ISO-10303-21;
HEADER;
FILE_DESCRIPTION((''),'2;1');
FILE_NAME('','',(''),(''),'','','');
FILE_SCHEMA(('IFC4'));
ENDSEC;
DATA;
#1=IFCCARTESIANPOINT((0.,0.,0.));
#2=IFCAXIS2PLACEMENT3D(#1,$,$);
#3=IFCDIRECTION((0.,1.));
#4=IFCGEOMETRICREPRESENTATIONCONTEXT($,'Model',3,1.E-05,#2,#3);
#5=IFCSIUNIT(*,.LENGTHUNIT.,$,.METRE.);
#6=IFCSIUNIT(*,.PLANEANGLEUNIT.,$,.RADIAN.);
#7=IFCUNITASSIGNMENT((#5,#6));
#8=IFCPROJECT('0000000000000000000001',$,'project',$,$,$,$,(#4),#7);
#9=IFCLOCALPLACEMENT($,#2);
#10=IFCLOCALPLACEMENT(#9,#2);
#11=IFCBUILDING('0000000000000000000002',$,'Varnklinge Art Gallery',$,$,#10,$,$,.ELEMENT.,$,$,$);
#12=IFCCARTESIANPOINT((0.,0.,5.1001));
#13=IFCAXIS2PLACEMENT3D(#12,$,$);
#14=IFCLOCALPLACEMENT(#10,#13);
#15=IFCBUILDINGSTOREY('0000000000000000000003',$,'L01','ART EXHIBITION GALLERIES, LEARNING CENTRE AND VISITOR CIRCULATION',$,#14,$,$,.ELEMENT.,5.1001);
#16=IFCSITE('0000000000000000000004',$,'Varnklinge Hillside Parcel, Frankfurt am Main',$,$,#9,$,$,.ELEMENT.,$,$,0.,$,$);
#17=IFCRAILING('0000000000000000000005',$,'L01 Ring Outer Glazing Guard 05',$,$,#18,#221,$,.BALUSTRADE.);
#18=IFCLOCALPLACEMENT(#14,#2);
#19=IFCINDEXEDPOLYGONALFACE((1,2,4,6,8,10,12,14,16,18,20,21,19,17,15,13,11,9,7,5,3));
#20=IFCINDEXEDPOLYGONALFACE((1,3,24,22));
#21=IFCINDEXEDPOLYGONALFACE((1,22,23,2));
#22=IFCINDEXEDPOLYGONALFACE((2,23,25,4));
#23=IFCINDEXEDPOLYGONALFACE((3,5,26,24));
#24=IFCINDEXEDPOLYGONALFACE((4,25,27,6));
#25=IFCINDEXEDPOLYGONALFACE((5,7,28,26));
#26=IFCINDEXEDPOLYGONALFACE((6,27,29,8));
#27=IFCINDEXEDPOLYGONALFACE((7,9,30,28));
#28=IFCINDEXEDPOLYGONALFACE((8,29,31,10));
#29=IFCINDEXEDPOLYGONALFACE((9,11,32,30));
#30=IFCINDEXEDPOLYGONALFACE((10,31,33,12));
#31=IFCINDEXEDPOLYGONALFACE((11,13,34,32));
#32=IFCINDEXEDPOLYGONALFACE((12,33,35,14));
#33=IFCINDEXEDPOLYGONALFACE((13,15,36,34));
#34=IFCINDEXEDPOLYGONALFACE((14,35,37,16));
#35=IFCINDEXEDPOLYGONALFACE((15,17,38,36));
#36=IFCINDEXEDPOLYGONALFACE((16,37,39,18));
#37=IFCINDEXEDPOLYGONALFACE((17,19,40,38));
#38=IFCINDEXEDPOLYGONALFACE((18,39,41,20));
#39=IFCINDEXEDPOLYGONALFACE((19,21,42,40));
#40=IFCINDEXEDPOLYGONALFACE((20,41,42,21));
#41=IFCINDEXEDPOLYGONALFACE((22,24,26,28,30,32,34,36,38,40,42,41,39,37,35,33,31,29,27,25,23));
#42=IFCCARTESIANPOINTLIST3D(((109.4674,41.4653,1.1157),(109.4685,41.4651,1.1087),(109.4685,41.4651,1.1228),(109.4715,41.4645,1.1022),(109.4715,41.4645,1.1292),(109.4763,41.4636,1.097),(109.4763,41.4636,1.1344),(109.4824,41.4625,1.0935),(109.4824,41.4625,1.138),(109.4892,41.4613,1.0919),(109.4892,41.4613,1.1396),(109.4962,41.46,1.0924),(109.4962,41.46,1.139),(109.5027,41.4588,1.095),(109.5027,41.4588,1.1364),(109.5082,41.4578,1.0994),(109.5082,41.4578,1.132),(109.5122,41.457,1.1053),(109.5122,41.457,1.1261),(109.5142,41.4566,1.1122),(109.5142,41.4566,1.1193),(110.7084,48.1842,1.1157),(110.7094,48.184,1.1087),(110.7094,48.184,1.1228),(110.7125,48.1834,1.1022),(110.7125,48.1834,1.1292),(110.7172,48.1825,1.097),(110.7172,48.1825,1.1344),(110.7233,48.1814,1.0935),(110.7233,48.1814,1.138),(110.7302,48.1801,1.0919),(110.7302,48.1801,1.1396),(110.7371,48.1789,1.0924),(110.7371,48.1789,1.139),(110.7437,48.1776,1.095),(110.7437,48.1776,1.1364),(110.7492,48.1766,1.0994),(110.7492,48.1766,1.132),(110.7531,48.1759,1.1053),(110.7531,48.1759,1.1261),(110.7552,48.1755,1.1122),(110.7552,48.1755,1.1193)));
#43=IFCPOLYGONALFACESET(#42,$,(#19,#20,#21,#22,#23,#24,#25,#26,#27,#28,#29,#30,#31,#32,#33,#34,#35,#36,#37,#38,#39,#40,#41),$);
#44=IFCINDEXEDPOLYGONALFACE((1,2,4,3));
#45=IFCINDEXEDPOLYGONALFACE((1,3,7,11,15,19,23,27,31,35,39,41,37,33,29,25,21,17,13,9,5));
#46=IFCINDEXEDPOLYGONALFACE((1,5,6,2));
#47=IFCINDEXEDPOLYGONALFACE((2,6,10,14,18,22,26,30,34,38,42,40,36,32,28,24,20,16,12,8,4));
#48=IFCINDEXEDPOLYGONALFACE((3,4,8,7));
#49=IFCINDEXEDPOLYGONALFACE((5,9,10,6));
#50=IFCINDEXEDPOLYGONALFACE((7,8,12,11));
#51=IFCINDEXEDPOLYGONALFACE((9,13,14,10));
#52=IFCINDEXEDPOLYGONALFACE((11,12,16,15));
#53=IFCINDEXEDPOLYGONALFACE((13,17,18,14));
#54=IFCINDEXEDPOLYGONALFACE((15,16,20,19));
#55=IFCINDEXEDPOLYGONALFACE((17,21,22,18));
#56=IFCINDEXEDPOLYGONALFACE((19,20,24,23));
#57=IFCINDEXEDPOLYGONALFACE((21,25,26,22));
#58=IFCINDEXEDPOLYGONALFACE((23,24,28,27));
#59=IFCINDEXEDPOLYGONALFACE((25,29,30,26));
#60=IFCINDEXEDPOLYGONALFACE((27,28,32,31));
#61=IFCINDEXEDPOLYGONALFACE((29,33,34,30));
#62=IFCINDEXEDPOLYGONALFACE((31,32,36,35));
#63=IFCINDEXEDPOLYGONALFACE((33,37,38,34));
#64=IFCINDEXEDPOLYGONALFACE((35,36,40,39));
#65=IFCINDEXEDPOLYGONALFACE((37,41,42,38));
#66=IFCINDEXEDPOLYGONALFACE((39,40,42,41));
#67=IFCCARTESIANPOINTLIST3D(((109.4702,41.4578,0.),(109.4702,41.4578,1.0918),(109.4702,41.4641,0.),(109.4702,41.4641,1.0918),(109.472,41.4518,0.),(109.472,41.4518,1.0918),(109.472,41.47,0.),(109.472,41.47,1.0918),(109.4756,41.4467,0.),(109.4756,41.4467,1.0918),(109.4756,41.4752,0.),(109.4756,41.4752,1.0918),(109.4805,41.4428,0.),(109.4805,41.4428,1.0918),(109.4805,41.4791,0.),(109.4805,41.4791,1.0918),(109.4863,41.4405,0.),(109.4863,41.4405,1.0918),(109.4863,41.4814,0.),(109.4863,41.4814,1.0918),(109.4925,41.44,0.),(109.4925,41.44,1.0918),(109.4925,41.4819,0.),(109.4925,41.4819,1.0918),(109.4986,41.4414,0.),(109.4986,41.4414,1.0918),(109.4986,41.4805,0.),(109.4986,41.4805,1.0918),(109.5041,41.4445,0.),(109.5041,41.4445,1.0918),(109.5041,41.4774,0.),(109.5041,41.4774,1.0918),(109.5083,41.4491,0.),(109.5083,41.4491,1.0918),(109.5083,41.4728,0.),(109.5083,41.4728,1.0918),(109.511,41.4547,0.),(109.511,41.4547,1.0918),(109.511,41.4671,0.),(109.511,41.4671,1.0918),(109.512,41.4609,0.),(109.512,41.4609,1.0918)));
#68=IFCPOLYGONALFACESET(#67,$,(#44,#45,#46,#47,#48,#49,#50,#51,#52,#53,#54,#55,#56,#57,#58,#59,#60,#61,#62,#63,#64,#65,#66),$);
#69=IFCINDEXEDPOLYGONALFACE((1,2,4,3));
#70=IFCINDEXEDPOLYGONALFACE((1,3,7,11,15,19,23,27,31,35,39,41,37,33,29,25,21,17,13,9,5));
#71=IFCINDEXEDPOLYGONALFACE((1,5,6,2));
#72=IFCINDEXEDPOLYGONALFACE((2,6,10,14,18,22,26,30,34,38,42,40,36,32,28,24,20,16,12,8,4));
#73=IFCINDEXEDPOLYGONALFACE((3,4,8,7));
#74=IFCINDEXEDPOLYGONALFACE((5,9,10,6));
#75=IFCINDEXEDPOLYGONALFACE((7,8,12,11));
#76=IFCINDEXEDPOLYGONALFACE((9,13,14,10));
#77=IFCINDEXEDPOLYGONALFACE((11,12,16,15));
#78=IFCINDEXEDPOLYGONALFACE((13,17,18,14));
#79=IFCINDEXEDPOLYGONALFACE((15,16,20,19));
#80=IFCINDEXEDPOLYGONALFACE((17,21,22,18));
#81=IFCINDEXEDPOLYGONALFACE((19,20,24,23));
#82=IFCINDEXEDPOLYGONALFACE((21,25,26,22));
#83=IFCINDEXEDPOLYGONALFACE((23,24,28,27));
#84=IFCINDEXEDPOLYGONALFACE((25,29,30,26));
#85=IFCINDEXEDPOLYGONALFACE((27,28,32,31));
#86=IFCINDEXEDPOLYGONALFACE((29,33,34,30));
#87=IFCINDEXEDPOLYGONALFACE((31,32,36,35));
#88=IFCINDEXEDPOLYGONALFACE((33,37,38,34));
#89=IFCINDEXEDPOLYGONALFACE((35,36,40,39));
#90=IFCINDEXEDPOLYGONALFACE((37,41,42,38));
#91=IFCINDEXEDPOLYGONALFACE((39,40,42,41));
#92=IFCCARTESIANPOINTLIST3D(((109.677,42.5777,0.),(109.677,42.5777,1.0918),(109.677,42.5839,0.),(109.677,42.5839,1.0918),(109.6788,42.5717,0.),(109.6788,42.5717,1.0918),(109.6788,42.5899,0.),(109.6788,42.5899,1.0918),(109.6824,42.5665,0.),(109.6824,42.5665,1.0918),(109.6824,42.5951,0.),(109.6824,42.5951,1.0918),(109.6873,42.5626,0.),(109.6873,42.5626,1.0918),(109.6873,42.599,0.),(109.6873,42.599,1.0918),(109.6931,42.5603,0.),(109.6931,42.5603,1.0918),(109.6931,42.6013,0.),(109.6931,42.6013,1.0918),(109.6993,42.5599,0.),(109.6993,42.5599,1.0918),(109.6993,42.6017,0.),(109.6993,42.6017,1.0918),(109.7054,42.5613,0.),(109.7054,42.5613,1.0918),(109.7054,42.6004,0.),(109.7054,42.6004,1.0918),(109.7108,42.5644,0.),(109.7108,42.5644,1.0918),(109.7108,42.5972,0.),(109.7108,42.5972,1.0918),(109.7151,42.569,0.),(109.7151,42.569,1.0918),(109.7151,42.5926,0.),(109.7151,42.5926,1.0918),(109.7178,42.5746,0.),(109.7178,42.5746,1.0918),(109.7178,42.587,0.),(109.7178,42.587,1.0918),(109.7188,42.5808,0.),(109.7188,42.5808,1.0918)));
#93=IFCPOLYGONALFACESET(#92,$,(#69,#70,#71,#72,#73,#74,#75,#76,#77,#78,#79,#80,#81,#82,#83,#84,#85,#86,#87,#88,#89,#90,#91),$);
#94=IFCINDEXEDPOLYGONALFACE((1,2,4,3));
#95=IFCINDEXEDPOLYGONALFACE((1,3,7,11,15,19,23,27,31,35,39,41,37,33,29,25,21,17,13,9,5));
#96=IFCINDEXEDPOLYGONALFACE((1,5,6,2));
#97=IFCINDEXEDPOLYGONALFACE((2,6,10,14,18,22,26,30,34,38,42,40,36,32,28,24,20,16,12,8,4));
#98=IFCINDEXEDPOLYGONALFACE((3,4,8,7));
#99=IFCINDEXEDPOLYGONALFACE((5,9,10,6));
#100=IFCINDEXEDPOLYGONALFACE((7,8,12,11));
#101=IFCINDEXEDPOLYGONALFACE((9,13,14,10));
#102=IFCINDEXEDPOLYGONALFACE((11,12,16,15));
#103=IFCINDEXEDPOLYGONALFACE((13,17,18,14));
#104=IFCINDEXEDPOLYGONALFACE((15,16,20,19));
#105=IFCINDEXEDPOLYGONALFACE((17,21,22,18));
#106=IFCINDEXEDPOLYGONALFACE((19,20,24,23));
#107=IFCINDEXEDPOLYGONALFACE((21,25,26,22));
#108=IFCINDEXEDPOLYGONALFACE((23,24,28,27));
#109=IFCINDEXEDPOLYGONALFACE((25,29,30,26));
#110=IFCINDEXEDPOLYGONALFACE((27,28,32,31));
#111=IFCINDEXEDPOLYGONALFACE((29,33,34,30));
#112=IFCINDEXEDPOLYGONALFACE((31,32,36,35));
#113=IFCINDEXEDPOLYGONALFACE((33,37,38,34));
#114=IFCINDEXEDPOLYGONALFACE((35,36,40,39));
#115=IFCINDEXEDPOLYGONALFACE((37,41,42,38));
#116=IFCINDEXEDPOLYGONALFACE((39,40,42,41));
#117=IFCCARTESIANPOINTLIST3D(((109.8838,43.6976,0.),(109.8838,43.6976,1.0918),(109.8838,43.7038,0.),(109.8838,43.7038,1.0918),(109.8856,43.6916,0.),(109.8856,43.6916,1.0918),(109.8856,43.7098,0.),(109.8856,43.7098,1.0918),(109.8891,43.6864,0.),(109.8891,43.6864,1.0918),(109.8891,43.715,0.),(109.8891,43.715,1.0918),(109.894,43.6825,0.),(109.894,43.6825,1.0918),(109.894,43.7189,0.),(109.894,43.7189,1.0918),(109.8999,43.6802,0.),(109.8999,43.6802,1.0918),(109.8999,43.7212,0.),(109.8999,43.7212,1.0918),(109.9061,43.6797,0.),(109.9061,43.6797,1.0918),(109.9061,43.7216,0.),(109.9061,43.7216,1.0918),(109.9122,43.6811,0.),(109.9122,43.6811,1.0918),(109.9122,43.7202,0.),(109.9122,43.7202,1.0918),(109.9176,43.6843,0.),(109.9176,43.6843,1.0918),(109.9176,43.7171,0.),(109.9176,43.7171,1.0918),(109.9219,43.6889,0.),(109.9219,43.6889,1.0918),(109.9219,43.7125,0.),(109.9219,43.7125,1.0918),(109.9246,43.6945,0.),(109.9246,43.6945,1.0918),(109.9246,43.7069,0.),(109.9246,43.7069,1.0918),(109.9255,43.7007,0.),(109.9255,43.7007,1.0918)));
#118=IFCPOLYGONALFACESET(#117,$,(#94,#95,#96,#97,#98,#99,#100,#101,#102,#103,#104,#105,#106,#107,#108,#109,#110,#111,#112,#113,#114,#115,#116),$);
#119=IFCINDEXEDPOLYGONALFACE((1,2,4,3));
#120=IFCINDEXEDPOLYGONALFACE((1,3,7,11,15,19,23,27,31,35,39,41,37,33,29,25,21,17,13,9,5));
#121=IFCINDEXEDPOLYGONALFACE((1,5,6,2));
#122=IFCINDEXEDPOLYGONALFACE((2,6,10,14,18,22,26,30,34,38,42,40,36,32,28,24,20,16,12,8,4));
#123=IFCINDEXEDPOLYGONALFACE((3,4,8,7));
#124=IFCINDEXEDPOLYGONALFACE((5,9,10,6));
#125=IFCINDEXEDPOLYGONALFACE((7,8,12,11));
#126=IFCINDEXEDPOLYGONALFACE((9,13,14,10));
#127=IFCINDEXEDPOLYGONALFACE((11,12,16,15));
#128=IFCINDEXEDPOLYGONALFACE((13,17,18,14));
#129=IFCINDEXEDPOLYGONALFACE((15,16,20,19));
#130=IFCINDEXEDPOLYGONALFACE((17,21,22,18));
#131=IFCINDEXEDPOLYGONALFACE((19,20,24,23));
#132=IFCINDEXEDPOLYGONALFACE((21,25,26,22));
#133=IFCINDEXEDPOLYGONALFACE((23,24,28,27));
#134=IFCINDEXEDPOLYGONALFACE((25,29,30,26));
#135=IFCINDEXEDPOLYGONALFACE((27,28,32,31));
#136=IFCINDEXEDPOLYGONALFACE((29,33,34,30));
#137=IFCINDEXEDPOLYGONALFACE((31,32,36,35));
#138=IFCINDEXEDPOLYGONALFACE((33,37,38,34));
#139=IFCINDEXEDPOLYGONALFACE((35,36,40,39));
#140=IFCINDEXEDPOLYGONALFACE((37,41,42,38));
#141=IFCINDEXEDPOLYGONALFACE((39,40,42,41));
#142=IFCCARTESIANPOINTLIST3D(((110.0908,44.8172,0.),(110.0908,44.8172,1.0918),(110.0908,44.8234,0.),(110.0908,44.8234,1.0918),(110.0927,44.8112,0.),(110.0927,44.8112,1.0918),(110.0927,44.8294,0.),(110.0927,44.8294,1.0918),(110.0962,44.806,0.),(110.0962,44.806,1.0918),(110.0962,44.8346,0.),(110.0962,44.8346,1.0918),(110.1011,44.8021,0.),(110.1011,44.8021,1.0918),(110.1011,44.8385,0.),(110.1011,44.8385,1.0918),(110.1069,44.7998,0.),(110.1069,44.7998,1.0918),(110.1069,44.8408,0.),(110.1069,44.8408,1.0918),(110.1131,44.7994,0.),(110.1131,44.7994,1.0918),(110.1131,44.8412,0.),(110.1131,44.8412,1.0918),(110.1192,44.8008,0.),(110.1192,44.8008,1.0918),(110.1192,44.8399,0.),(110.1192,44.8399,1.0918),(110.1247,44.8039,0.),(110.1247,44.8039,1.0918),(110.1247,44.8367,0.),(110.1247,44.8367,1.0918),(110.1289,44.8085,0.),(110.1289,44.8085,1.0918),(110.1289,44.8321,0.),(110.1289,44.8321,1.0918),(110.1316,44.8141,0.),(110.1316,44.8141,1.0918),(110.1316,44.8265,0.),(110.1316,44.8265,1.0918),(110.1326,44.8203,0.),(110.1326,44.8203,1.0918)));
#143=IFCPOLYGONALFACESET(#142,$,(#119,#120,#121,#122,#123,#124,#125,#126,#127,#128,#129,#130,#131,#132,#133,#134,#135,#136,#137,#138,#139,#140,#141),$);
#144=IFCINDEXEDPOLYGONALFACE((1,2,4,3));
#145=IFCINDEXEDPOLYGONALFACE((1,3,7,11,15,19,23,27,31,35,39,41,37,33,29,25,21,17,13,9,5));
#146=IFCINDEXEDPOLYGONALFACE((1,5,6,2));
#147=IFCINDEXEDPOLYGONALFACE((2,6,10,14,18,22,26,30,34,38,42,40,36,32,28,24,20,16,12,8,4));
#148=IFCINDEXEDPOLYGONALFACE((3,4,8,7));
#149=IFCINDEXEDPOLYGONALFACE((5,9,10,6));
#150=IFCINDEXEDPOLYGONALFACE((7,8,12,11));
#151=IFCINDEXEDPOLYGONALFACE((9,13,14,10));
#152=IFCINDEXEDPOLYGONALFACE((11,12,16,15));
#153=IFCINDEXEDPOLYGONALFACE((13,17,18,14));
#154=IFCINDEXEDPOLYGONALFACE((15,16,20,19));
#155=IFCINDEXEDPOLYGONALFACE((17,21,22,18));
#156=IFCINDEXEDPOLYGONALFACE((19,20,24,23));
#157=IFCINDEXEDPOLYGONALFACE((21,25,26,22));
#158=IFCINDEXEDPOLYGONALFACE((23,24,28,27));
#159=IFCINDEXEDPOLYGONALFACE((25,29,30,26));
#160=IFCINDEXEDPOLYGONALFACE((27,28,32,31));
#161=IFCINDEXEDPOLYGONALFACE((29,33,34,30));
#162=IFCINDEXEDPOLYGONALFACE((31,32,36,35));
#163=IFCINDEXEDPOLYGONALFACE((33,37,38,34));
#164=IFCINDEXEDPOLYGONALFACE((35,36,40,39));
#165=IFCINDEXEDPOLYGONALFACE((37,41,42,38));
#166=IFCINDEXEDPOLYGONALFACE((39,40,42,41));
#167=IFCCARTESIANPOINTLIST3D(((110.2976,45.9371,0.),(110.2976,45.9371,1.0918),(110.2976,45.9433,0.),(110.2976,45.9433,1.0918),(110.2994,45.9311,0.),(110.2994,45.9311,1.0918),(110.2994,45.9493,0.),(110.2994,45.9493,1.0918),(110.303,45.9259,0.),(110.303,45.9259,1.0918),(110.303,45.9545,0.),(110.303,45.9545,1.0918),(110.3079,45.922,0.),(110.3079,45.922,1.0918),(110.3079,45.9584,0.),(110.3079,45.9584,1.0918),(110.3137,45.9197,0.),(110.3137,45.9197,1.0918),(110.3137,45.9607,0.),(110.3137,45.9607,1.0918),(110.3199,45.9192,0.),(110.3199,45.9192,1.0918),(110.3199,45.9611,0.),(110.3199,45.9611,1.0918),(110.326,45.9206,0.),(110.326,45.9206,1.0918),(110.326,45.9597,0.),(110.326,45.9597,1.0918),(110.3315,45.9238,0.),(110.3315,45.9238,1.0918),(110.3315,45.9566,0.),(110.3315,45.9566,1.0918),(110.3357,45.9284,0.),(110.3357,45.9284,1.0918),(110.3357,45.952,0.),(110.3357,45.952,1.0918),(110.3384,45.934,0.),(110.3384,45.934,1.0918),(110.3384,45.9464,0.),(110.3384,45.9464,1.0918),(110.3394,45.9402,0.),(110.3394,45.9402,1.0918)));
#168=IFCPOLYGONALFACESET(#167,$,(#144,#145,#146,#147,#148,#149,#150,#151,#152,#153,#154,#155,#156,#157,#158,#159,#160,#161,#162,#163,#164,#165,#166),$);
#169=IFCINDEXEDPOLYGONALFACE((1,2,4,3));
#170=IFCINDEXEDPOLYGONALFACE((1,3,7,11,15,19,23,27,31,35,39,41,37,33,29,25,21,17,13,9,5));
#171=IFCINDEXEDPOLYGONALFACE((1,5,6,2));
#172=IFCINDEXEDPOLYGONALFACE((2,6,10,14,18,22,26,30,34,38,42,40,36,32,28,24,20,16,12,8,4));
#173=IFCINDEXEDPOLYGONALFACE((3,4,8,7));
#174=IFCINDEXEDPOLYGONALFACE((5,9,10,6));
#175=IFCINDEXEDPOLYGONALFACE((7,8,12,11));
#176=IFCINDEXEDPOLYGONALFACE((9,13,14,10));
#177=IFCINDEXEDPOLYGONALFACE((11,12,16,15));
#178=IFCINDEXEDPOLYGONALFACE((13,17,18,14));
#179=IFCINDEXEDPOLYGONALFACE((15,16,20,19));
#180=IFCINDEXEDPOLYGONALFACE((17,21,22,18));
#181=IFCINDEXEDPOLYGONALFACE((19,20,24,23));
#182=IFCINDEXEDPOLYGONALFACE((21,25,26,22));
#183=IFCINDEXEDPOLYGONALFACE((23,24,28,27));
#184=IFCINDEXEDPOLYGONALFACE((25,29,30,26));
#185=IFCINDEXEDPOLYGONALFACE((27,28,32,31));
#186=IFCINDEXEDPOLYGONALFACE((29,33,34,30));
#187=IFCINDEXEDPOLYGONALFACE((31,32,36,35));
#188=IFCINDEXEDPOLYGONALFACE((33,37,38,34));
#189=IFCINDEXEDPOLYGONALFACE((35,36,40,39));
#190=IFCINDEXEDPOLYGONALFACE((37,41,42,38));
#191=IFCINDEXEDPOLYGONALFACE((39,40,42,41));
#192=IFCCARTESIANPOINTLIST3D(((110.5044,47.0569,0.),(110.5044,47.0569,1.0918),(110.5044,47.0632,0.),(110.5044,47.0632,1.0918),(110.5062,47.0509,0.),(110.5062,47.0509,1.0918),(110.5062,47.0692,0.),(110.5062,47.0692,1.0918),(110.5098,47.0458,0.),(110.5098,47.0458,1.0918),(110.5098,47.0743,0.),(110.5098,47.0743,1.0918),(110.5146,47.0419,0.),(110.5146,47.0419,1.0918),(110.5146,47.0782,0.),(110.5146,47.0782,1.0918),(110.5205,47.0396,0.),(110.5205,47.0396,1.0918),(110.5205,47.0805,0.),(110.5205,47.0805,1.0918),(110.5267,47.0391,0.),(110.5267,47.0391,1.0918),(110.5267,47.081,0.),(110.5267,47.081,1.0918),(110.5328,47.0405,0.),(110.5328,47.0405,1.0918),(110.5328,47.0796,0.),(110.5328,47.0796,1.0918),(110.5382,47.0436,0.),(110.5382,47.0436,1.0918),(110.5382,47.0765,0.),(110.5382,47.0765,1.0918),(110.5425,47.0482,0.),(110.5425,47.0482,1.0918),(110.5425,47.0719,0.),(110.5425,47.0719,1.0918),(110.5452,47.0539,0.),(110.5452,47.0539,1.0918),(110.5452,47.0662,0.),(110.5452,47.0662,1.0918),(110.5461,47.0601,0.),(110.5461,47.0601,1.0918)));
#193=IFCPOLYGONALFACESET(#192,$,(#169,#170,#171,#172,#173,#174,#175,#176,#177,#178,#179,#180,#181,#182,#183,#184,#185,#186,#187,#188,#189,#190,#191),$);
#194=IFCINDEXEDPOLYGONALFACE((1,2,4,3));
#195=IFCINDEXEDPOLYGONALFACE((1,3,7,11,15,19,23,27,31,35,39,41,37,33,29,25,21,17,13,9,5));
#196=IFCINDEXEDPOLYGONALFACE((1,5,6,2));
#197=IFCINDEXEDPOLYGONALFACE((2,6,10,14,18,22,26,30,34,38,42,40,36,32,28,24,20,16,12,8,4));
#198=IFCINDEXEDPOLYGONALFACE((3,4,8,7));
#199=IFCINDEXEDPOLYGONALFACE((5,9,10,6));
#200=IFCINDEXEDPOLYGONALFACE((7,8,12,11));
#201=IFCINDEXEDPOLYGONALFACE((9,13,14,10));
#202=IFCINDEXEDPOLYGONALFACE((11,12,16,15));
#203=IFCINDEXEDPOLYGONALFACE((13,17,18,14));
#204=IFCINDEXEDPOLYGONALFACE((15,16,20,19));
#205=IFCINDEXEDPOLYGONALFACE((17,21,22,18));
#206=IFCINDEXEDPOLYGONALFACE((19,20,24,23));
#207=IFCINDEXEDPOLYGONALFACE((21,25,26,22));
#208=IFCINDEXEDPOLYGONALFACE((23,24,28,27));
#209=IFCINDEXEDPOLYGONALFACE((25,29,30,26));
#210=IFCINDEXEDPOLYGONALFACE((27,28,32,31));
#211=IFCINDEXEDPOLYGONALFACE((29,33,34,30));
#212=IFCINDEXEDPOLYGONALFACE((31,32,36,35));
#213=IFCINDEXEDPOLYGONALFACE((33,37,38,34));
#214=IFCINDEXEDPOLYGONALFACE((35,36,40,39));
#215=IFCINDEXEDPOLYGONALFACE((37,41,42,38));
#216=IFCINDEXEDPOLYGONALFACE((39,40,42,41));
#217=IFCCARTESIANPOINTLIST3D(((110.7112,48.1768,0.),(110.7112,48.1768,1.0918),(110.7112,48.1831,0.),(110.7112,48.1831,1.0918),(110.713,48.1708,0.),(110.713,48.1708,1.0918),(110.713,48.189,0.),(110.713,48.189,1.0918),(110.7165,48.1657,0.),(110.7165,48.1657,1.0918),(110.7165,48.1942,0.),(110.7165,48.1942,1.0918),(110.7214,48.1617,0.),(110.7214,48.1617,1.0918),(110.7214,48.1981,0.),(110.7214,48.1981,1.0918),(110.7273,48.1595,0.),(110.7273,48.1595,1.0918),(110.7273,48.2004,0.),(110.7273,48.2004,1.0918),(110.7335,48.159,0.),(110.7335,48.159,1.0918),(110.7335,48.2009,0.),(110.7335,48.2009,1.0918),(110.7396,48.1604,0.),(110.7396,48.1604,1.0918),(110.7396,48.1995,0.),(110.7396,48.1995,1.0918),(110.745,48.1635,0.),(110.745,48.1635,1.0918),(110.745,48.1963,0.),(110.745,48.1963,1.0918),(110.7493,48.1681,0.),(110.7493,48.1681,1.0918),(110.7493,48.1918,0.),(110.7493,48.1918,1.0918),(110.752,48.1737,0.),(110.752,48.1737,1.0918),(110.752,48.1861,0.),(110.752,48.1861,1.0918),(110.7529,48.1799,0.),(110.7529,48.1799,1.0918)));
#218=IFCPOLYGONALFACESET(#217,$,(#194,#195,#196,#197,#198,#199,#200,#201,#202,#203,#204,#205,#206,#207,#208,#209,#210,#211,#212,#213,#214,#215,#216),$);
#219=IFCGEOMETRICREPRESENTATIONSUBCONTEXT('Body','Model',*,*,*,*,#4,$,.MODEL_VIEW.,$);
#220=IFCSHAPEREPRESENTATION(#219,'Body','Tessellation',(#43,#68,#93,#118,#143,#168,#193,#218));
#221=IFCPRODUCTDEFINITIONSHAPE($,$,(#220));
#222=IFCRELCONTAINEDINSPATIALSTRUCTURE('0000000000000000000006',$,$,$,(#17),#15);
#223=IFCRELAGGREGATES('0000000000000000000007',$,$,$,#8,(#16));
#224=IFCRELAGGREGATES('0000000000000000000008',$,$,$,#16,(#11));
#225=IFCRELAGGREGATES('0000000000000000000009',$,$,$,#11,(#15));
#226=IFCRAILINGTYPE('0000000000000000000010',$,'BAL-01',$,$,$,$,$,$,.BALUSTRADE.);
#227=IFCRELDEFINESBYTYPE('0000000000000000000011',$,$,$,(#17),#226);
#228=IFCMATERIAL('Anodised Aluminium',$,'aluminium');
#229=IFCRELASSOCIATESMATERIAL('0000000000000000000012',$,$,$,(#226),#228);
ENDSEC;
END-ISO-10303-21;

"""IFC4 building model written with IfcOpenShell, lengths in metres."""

from ifc_helpers import new_model, si_unit, direction, frame, origin, origin_2d, place, context, subcontext, project, spatial, circle, extrude, material, type_object, element, save


model = new_model("IFC4")

# Units and contexts
model_context = context("Model", 3, precision=1e-05, world=origin(), true_north=direction((0.0, 1.0)))
body_context = subcontext(model_context, "Body", "Model", "MODEL_VIEW")
ifc_project = project(units=[si_unit("LENGTHUNIT", "METRE"), si_unit("PLANEANGLEUNIT", "RADIAN")], contexts=[model_context])

# Site, building, storey
site_placement = place(None, origin())
site = spatial("IfcSite", under=ifc_project, at=site_placement, Name="Varnklinge Hillside Parcel, Frankfurt am Main", CompositionType="ELEMENT", RefElevation=0.0)
building_placement = place(site_placement, origin())
building = spatial("IfcBuilding", under=site, at=building_placement, Name="Varnklinge Art Gallery", CompositionType="ELEMENT")
storey_placement = place(building_placement, frame((0.0, 0.0, 5.1001)))
storey = spatial("IfcBuildingStorey", under=building, at=storey_placement, Name="L01", Description="ART EXHIBITION GALLERIES, LEARNING CENTRE AND VISITOR CIRCULATION", CompositionType="ELEMENT", Elevation=5.1001)

# Railing
ifc_material_1 = material(Name="Anodised Aluminium", Category="aluminium")
railing_type = type_object("IfcRailingType", Name="BAL-01", PredefinedType="BALUSTRADE", material=ifc_material_1)
railing_placement = place(storey_placement, frame((109.491, 41.4609, 0.0)))
element("IfcRailing", 1, at=railing_placement, inside=storey, type_object=railing_type, Name="L01 Ring Outer Glazing Guard 05", PredefinedType="BALUSTRADE", context=body_context, shape_type="SweptSolid", body=[
    extrude(circle(Radius=0.0239, at=origin_2d()), frame((0.0, 0.0, 1.1157), z_axis=(0.181623, 0.983368, 0.0), x_axis=(-0.983368, 0.181623, 0.0)), (0.0, 0.0, 1.0), 6.8325),
    extrude(circle(Radius=0.021, at=origin_2d()), origin(), (0.0, 0.0, 1.0), 1.0918),
    extrude(circle(Radius=0.021, at=origin_2d()), frame((0.2068, 1.1199, 0.0)), (0.0, 0.0, 1.0), 1.0918),
    extrude(circle(Radius=0.021, at=origin_2d()), frame((0.4136, 2.2397, 0.0)), (0.0, 0.0, 1.0), 1.0918),
    extrude(circle(Radius=0.021, at=origin_2d()), frame((0.6206, 3.3594, 0.0)), (0.0, 0.0, 1.0), 1.0918),
    extrude(circle(Radius=0.021, at=origin_2d()), frame((0.8274, 4.4792, 0.0)), (0.0, 0.0, 1.0), 1.0918),
    extrude(circle(Radius=0.021, at=origin_2d()), frame((1.0342, 5.5991, 0.0)), (0.0, 0.0, 1.0), 1.0918),
    extrude(circle(Radius=0.021, at=origin_2d()), frame((1.241, 6.719, 0.0)), (0.0, 0.0, 1.0), 1.0918),
])

save(model, "model.ifc")
